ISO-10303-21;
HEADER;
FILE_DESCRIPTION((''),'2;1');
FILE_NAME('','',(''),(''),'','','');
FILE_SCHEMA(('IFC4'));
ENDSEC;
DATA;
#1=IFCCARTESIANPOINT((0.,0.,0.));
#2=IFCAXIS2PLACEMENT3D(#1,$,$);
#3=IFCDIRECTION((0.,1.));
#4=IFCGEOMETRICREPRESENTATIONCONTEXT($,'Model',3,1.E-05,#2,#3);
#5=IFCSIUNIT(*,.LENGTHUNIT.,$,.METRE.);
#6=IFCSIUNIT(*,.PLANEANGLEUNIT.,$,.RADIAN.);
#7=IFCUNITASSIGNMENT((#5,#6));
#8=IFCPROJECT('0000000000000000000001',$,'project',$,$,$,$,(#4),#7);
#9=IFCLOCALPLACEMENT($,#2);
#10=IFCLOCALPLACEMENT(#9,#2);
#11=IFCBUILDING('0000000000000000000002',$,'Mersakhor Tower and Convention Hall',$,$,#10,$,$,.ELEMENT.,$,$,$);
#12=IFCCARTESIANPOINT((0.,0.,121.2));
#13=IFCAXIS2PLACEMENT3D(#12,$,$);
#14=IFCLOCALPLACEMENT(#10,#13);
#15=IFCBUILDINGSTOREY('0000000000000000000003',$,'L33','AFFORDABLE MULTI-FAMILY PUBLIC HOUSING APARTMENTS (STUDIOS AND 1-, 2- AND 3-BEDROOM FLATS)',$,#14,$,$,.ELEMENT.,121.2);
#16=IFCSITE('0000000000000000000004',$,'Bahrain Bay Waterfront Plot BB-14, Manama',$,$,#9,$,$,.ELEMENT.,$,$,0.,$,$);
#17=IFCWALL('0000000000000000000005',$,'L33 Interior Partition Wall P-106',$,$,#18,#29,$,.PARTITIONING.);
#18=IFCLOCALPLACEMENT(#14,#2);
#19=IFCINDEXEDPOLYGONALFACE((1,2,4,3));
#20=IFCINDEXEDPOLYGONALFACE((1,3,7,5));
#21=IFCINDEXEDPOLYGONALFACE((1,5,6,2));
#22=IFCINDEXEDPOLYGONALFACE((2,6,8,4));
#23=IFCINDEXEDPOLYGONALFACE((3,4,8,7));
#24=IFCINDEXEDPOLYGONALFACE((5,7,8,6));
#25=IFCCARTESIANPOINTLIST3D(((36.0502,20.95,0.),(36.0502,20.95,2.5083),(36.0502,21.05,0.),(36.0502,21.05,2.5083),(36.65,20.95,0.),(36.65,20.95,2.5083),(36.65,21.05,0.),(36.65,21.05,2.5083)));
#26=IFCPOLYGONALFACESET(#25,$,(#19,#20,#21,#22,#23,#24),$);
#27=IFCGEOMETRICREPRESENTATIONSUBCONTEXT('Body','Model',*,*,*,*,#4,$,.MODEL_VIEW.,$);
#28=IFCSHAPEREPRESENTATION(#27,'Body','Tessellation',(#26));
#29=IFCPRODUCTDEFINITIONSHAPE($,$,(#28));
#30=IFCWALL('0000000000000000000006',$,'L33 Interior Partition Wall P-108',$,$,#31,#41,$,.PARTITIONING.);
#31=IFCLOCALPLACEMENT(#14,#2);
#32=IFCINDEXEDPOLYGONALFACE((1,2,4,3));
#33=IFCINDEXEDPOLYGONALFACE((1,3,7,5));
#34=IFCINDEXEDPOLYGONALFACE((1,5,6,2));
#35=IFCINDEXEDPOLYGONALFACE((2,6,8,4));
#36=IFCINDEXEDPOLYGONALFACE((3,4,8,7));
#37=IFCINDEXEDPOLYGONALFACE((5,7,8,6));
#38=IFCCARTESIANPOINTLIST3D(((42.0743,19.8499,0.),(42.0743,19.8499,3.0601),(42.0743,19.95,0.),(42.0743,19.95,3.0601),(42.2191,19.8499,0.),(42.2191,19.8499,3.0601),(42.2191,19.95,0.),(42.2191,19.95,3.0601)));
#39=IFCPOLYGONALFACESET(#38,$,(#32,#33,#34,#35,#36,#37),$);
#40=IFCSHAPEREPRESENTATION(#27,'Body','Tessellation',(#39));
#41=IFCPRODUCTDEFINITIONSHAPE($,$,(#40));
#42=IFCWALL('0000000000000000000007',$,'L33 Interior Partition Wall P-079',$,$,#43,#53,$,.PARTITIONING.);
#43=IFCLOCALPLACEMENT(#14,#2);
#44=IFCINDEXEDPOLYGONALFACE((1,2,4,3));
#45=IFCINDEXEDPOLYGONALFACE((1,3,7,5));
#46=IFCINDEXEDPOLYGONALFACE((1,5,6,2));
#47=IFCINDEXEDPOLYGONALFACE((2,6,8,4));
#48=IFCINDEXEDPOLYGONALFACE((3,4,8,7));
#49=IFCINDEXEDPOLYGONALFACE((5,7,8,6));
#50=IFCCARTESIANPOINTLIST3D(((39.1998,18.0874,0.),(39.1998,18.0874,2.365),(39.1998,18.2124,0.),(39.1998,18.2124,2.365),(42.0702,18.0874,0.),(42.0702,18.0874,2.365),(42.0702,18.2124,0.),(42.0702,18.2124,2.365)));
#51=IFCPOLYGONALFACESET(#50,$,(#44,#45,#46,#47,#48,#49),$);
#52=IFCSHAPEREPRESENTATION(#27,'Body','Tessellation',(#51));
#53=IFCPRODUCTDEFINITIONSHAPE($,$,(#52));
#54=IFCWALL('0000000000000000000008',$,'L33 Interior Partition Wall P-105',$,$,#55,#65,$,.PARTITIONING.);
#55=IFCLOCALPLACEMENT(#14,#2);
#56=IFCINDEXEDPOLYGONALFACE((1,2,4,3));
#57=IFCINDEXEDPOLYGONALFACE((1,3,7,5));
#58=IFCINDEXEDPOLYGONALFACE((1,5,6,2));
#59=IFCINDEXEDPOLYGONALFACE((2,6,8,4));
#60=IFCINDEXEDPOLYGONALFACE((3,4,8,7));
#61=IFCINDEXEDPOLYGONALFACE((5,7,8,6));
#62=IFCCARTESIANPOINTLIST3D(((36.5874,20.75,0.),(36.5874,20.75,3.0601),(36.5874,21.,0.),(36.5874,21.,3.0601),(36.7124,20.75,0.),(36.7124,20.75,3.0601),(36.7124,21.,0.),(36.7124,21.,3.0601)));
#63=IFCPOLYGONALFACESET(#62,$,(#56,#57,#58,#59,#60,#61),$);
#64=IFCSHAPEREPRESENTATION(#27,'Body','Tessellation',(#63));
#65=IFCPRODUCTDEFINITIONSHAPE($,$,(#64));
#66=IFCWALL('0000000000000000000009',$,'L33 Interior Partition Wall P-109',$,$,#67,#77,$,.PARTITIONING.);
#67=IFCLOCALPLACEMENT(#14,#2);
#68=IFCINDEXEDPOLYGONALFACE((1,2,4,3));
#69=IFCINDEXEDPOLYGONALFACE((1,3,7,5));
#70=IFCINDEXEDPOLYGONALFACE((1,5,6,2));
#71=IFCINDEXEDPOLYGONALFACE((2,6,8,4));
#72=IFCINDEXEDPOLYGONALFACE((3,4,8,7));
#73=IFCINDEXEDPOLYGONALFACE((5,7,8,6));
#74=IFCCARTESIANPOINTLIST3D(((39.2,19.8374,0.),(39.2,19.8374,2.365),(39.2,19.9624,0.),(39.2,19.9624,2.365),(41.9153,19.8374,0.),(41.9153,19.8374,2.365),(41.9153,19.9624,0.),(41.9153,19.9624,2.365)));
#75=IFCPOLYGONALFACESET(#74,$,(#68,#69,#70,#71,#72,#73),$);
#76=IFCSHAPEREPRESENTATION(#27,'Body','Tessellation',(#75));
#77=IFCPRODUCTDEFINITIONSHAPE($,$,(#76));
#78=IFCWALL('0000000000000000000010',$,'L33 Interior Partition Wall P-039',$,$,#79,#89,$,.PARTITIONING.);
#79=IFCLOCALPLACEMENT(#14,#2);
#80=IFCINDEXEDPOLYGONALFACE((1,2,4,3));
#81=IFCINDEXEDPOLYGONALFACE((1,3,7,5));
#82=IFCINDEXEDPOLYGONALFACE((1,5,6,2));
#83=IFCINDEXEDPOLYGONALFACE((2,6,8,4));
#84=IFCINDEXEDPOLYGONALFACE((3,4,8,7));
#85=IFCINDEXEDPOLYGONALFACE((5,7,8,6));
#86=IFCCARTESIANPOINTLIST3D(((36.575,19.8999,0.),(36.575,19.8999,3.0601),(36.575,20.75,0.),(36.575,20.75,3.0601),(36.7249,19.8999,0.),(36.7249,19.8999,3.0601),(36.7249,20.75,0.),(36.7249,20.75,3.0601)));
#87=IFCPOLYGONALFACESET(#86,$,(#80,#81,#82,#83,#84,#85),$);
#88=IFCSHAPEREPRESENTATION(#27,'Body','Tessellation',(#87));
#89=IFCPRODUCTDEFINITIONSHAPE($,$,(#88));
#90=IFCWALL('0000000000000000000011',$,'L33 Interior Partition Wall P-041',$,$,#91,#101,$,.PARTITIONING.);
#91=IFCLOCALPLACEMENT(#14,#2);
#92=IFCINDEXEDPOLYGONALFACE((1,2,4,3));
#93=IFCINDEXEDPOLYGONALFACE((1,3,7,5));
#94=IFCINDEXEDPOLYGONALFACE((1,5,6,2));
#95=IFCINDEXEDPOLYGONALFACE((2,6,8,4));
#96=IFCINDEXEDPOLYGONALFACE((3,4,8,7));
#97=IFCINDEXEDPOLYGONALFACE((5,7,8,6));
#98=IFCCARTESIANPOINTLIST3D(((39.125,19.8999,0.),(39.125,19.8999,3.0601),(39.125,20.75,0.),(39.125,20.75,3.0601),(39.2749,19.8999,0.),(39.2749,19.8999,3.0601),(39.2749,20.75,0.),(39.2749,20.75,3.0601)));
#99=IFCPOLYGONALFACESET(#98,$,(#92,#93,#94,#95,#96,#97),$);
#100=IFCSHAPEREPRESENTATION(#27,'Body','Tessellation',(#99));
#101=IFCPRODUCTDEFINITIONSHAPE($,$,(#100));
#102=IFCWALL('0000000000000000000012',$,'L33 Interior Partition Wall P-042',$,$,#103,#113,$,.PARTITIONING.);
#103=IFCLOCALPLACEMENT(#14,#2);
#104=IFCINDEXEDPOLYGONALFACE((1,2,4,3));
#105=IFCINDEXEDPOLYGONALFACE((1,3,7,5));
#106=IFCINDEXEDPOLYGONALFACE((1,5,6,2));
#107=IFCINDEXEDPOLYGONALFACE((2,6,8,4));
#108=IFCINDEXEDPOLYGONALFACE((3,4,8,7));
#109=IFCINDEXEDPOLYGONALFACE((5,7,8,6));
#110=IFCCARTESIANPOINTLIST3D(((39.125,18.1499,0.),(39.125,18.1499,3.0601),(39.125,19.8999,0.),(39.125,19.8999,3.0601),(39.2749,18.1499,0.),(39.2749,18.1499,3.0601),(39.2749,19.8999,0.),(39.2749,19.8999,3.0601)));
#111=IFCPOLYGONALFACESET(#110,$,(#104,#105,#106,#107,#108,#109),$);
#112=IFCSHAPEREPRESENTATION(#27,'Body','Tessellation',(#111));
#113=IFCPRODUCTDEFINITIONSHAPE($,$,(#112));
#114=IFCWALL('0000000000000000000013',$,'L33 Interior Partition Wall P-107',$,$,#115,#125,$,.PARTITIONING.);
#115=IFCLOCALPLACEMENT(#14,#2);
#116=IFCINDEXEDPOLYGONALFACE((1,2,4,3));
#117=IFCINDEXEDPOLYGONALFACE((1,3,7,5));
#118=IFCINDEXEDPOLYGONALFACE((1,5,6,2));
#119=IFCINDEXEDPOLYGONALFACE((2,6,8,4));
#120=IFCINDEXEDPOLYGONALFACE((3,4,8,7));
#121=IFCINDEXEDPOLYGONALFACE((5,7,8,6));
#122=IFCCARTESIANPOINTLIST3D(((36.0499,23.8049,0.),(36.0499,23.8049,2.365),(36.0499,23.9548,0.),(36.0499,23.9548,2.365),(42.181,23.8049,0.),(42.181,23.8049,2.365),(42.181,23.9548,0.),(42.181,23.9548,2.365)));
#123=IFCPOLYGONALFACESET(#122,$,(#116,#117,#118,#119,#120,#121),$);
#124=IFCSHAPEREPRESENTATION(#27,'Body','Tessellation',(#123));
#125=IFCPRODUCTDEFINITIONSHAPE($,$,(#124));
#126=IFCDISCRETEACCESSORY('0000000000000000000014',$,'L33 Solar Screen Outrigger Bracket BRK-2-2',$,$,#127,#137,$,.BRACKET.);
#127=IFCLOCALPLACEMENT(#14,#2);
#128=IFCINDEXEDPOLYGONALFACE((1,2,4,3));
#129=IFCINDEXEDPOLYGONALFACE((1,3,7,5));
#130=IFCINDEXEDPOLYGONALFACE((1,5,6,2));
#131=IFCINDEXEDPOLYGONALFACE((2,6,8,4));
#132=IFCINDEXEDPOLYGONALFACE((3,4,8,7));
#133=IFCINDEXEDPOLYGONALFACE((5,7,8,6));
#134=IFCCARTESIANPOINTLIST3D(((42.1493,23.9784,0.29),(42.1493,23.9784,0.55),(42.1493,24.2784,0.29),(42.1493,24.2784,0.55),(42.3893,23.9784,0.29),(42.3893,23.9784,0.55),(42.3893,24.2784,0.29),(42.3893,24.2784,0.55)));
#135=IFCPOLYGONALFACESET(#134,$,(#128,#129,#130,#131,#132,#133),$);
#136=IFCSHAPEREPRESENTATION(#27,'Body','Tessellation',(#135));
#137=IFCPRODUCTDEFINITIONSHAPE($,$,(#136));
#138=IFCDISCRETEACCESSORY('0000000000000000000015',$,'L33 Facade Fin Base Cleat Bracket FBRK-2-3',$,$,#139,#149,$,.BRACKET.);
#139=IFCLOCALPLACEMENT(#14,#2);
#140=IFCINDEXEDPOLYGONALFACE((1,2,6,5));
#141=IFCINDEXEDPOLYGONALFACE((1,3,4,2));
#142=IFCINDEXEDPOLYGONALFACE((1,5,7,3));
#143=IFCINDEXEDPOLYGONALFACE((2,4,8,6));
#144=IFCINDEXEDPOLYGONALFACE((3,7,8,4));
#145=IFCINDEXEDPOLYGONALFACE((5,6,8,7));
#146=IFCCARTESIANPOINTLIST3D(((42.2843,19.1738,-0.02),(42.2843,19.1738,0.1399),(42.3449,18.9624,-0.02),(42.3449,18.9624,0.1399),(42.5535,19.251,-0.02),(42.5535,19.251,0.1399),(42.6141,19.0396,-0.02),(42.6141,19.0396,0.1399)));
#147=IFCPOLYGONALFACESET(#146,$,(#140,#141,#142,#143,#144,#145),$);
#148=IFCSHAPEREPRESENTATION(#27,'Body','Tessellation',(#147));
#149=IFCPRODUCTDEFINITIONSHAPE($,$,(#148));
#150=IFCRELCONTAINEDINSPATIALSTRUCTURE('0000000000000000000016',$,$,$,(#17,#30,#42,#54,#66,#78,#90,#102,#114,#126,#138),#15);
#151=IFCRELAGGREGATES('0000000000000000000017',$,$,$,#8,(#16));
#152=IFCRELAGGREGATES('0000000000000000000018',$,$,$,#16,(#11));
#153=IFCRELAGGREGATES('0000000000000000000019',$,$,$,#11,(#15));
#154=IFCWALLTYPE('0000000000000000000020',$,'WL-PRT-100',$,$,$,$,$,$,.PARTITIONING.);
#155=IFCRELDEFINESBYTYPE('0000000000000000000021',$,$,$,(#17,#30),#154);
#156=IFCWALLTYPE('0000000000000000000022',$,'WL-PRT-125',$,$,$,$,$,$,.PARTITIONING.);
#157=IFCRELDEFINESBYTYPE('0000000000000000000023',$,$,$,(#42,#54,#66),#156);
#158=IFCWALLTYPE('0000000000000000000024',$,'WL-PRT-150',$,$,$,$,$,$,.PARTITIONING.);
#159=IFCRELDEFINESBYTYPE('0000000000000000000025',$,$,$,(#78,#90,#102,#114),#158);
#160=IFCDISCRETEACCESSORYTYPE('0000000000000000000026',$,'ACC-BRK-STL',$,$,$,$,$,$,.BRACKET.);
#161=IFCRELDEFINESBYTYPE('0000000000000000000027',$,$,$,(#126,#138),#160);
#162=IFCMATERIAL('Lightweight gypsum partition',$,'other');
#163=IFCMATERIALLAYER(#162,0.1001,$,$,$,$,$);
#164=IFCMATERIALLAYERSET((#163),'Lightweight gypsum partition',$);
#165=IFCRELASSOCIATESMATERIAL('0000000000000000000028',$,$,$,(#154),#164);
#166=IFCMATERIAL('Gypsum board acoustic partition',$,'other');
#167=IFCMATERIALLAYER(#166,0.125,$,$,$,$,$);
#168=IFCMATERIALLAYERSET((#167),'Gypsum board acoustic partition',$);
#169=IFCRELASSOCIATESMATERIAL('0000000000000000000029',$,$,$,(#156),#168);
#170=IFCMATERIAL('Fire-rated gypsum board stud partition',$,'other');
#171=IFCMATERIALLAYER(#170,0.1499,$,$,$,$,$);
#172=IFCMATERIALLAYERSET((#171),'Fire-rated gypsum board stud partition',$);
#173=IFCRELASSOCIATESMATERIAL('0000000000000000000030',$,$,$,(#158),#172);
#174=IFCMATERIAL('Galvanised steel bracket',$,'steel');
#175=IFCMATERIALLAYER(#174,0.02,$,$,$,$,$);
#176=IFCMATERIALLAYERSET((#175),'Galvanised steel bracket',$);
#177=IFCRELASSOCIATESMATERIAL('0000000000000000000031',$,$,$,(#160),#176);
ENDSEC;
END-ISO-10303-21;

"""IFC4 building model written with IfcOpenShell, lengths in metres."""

from ifc_helpers import new_model, si_unit, direction, frame, frame_2d, origin, origin_2d, place, context, subcontext, project, spatial, rectangle, extrude, material, layer, layer_set, type_object, element, save


model = new_model("IFC4")

# Units and contexts
model_context = context("Model", 3, precision=1e-05, world=origin(), true_north=direction((0.0, 1.0)))
body_context = subcontext(model_context, "Body", "Model", "MODEL_VIEW")
ifc_project = project(units=[si_unit("LENGTHUNIT", "METRE"), si_unit("PLANEANGLEUNIT", "RADIAN")], contexts=[model_context])

# Site, building, storey
site_placement = place(None, origin())
site = spatial("IfcSite", under=ifc_project, at=site_placement, Name="Bahrain Bay Waterfront Plot BB-14, Manama", CompositionType="ELEMENT", RefElevation=0.0)
building_placement = place(site_placement, origin())
building = spatial("IfcBuilding", under=site, at=building_placement, Name="Mersakhor Tower and Convention Hall", CompositionType="ELEMENT")
storey_placement = place(building_placement, frame((0.0, 0.0, 121.2)))
storey = spatial("IfcBuildingStorey", under=building, at=storey_placement, Name="L33", Description="AFFORDABLE MULTI-FAMILY PUBLIC HOUSING APARTMENTS (STUDIOS AND 1-, 2- AND 3-BEDROOM FLATS)", CompositionType="ELEMENT", Elevation=121.2)

# Walls
ifc_material_1 = material(Name="Lightweight gypsum partition", Category="other")
ifc_layer_1 = layer(ifc_material_1, 0.1001)
ifc_layer_set_1 = layer_set([ifc_layer_1], Name="Lightweight gypsum partition")
wall_type_1 = type_object("IfcWallType", Name="WL-PRT-100", PredefinedType="PARTITIONING", material=ifc_layer_set_1)
wall_1_placement = place(storey_placement, frame((36.6499, 21.0, 0.0), z_axis=(0.0, 0.0, 1.0), x_axis=(-1.0, 0.0, 0.0)))
element("IfcWall", 1, at=wall_1_placement, inside=storey, type_object=wall_type_1, Name="L33 Interior Partition Wall P-106", PredefinedType="PARTITIONING", context=body_context, shape_type="SweptSolid", body=[
    extrude(rectangle(XDim=0.5999, YDim=0.1001, at=frame_2d((0.2998, 0.0))), origin(), (0.0, 0.0, 1.0), 2.5083),
])
wall_2_placement = place(storey_placement, frame((42.219, 19.8999, 0.0), z_axis=(0.0, 0.0, 1.0), x_axis=(-1.0, 0.0, 0.0)))
element("IfcWall", 2, at=wall_2_placement, inside=storey, type_object=wall_type_1, Name="L33 Interior Partition Wall P-108", PredefinedType="PARTITIONING", context=body_context, shape_type="SweptSolid", body=[
    extrude(rectangle(XDim=0.1448, YDim=0.1001, at=frame_2d((0.0723, 0.0))), origin(), (0.0, 0.0, 1.0), 3.0601),
])
ifc_material_2 = material(Name="Gypsum board acoustic partition", Category="other")
ifc_layer_2 = layer(ifc_material_2, 0.125)
ifc_layer_set_2 = layer_set([ifc_layer_2], Name="Gypsum board acoustic partition")
wall_type_2 = type_object("IfcWallType", Name="WL-PRT-125", PredefinedType="PARTITIONING", material=ifc_layer_set_2)
wall_3_placement = place(storey_placement, frame((39.2, 18.1499, 0.0), z_axis=(0.0, 0.0, 1.0), x_axis=(1.0, 0.0, 0.0)))
element("IfcWall", 3, at=wall_3_placement, inside=storey, type_object=wall_type_2, Name="L33 Interior Partition Wall P-079", PredefinedType="PARTITIONING", context=body_context, shape_type="SweptSolid", body=[
    extrude(rectangle(XDim=2.8704, YDim=0.125, at=frame_2d((1.4351, 0.0))), origin(), (0.0, 0.0, 1.0), 2.365),
])
wall_4_placement = place(storey_placement, frame((36.6499, 20.75, 0.0), z_axis=(0.0, 0.0, 1.0), x_axis=(0.0, 1.0, 0.0)))
element("IfcWall", 4, at=wall_4_placement, inside=storey, type_object=wall_type_2, Name="L33 Interior Partition Wall P-105", PredefinedType="PARTITIONING", context=body_context, shape_type="SweptSolid", body=[
    extrude(rectangle(XDim=0.25, YDim=0.125, at=frame_2d((0.125, 0.0))), origin(), (0.0, 0.0, 1.0), 3.0601),
])
wall_5_placement = place(storey_placement, frame((41.9153, 19.8999, 0.0), z_axis=(0.0, 0.0, 1.0), x_axis=(-1.0, 0.0, 0.0)))
element("IfcWall", 5, at=wall_5_placement, inside=storey, type_object=wall_type_2, Name="L33 Interior Partition Wall P-109", PredefinedType="PARTITIONING", context=body_context, shape_type="SweptSolid", body=[
    extrude(rectangle(XDim=2.7153, YDim=0.125, at=frame_2d((1.3577, 0.0))), origin(), (0.0, 0.0, 1.0), 2.365),
])
ifc_material_3 = material(Name="Fire-rated gypsum board stud partition", Category="other")
ifc_layer_3 = layer(ifc_material_3, 0.1499)
ifc_layer_set_3 = layer_set([ifc_layer_3], Name="Fire-rated gypsum board stud partition")
wall_type_3 = type_object("IfcWallType", Name="WL-PRT-150", PredefinedType="PARTITIONING", material=ifc_layer_set_3)
wall_6_placement = place(storey_placement, frame((36.6499, 19.8999, 0.0), z_axis=(0.0, 0.0, 1.0), x_axis=(0.0, 1.0, 0.0)))
element("IfcWall", 6, at=wall_6_placement, inside=storey, type_object=wall_type_3, Name="L33 Interior Partition Wall P-039", PredefinedType="PARTITIONING", context=body_context, shape_type="SweptSolid", body=[
    extrude(rectangle(XDim=0.8501, YDim=0.1499, at=frame_2d((0.425, 0.0))), origin(), (0.0, 0.0, 1.0), 3.0601),
])

# Walls
wall_7_placement = place(storey_placement, frame((39.2, 20.75, 0.0), z_axis=(0.0, 0.0, 1.0), x_axis=(0.0, -1.0, 0.0)))
element("IfcWall", 7, at=wall_7_placement, inside=storey, type_object=wall_type_3, Name="L33 Interior Partition Wall P-041", PredefinedType="PARTITIONING", context=body_context, shape_type="SweptSolid", body=[
    extrude(rectangle(XDim=0.8501, YDim=0.1499, at=frame_2d((0.425, 0.0))), origin(), (0.0, 0.0, 1.0), 3.0601),
])
wall_8_placement = place(storey_placement, frame((39.2, 19.8999, 0.0), z_axis=(0.0, 0.0, 1.0), x_axis=(0.0, -1.0, 0.0)))
element("IfcWall", 8, at=wall_8_placement, inside=storey, type_object=wall_type_3, Name="L33 Interior Partition Wall P-042", PredefinedType="PARTITIONING", context=body_context, shape_type="SweptSolid", body=[
    extrude(rectangle(XDim=1.75, YDim=0.1499, at=frame_2d((0.875, 0.0))), origin(), (0.0, 0.0, 1.0), 3.0601),
])
wall_9_placement = place(storey_placement, frame((36.05, 23.8799, 0.0), z_axis=(0.0, 0.0, 1.0), x_axis=(1.0, 0.0, 0.0)))
element("IfcWall", 9, at=wall_9_placement, inside=storey, type_object=wall_type_3, Name="L33 Interior Partition Wall P-107", PredefinedType="PARTITIONING", context=body_context, shape_type="SweptSolid", body=[
    extrude(rectangle(XDim=6.1311, YDim=0.1499, at=frame_2d((3.0654, 0.0))), origin(), (0.0, 0.0, 1.0), 2.365),
])

# Discrete accessories
ifc_material_4 = material(Name="Galvanised steel bracket", Category="steel")
ifc_layer_4 = layer(ifc_material_4, 0.02)
ifc_layer_set_4 = layer_set([ifc_layer_4], Name="Galvanised steel bracket")
discrete_accessory_type = type_object("IfcDiscreteAccessoryType", Name="ACC-BRK-STL", PredefinedType="BRACKET", material=ifc_layer_set_4)
discrete_accessory_1_placement = place(storey_placement, frame((42.2693, 24.1284, 0.29), z_axis=(0.0, 0.0, 1.0), x_axis=(0.0, -1.0, 0.0)))
element("IfcDiscreteAccessory", 10, at=discrete_accessory_1_placement, inside=storey, type_object=discrete_accessory_type, Name="L33 Solar Screen Outrigger Bracket BRK-2-2", PredefinedType="BRACKET", context=body_context, shape_type="SweptSolid", body=[
    extrude(rectangle(XDim=0.3, YDim=0.24, at=origin_2d()), origin(), (0.0, 0.0, 1.0), 0.26),
])
discrete_accessory_2_placement = place(storey_placement, frame((42.4492, 19.1067, -0.02), z_axis=(0.0, 0.0, 1.0), x_axis=(0.961262, 0.275637, 0.0)))
element("IfcDiscreteAccessory", 11, at=discrete_accessory_2_placement, inside=storey, type_object=discrete_accessory_type, Name="L33 Facade Fin Base Cleat Bracket FBRK-2-3", PredefinedType="BRACKET", context=body_context, shape_type="SweptSolid", body=[
    extrude(rectangle(XDim=0.28, YDim=0.22, at=origin_2d()), origin(), (0.0, 0.0, 1.0), 0.1599),
])

save(model, "model.ifc")
